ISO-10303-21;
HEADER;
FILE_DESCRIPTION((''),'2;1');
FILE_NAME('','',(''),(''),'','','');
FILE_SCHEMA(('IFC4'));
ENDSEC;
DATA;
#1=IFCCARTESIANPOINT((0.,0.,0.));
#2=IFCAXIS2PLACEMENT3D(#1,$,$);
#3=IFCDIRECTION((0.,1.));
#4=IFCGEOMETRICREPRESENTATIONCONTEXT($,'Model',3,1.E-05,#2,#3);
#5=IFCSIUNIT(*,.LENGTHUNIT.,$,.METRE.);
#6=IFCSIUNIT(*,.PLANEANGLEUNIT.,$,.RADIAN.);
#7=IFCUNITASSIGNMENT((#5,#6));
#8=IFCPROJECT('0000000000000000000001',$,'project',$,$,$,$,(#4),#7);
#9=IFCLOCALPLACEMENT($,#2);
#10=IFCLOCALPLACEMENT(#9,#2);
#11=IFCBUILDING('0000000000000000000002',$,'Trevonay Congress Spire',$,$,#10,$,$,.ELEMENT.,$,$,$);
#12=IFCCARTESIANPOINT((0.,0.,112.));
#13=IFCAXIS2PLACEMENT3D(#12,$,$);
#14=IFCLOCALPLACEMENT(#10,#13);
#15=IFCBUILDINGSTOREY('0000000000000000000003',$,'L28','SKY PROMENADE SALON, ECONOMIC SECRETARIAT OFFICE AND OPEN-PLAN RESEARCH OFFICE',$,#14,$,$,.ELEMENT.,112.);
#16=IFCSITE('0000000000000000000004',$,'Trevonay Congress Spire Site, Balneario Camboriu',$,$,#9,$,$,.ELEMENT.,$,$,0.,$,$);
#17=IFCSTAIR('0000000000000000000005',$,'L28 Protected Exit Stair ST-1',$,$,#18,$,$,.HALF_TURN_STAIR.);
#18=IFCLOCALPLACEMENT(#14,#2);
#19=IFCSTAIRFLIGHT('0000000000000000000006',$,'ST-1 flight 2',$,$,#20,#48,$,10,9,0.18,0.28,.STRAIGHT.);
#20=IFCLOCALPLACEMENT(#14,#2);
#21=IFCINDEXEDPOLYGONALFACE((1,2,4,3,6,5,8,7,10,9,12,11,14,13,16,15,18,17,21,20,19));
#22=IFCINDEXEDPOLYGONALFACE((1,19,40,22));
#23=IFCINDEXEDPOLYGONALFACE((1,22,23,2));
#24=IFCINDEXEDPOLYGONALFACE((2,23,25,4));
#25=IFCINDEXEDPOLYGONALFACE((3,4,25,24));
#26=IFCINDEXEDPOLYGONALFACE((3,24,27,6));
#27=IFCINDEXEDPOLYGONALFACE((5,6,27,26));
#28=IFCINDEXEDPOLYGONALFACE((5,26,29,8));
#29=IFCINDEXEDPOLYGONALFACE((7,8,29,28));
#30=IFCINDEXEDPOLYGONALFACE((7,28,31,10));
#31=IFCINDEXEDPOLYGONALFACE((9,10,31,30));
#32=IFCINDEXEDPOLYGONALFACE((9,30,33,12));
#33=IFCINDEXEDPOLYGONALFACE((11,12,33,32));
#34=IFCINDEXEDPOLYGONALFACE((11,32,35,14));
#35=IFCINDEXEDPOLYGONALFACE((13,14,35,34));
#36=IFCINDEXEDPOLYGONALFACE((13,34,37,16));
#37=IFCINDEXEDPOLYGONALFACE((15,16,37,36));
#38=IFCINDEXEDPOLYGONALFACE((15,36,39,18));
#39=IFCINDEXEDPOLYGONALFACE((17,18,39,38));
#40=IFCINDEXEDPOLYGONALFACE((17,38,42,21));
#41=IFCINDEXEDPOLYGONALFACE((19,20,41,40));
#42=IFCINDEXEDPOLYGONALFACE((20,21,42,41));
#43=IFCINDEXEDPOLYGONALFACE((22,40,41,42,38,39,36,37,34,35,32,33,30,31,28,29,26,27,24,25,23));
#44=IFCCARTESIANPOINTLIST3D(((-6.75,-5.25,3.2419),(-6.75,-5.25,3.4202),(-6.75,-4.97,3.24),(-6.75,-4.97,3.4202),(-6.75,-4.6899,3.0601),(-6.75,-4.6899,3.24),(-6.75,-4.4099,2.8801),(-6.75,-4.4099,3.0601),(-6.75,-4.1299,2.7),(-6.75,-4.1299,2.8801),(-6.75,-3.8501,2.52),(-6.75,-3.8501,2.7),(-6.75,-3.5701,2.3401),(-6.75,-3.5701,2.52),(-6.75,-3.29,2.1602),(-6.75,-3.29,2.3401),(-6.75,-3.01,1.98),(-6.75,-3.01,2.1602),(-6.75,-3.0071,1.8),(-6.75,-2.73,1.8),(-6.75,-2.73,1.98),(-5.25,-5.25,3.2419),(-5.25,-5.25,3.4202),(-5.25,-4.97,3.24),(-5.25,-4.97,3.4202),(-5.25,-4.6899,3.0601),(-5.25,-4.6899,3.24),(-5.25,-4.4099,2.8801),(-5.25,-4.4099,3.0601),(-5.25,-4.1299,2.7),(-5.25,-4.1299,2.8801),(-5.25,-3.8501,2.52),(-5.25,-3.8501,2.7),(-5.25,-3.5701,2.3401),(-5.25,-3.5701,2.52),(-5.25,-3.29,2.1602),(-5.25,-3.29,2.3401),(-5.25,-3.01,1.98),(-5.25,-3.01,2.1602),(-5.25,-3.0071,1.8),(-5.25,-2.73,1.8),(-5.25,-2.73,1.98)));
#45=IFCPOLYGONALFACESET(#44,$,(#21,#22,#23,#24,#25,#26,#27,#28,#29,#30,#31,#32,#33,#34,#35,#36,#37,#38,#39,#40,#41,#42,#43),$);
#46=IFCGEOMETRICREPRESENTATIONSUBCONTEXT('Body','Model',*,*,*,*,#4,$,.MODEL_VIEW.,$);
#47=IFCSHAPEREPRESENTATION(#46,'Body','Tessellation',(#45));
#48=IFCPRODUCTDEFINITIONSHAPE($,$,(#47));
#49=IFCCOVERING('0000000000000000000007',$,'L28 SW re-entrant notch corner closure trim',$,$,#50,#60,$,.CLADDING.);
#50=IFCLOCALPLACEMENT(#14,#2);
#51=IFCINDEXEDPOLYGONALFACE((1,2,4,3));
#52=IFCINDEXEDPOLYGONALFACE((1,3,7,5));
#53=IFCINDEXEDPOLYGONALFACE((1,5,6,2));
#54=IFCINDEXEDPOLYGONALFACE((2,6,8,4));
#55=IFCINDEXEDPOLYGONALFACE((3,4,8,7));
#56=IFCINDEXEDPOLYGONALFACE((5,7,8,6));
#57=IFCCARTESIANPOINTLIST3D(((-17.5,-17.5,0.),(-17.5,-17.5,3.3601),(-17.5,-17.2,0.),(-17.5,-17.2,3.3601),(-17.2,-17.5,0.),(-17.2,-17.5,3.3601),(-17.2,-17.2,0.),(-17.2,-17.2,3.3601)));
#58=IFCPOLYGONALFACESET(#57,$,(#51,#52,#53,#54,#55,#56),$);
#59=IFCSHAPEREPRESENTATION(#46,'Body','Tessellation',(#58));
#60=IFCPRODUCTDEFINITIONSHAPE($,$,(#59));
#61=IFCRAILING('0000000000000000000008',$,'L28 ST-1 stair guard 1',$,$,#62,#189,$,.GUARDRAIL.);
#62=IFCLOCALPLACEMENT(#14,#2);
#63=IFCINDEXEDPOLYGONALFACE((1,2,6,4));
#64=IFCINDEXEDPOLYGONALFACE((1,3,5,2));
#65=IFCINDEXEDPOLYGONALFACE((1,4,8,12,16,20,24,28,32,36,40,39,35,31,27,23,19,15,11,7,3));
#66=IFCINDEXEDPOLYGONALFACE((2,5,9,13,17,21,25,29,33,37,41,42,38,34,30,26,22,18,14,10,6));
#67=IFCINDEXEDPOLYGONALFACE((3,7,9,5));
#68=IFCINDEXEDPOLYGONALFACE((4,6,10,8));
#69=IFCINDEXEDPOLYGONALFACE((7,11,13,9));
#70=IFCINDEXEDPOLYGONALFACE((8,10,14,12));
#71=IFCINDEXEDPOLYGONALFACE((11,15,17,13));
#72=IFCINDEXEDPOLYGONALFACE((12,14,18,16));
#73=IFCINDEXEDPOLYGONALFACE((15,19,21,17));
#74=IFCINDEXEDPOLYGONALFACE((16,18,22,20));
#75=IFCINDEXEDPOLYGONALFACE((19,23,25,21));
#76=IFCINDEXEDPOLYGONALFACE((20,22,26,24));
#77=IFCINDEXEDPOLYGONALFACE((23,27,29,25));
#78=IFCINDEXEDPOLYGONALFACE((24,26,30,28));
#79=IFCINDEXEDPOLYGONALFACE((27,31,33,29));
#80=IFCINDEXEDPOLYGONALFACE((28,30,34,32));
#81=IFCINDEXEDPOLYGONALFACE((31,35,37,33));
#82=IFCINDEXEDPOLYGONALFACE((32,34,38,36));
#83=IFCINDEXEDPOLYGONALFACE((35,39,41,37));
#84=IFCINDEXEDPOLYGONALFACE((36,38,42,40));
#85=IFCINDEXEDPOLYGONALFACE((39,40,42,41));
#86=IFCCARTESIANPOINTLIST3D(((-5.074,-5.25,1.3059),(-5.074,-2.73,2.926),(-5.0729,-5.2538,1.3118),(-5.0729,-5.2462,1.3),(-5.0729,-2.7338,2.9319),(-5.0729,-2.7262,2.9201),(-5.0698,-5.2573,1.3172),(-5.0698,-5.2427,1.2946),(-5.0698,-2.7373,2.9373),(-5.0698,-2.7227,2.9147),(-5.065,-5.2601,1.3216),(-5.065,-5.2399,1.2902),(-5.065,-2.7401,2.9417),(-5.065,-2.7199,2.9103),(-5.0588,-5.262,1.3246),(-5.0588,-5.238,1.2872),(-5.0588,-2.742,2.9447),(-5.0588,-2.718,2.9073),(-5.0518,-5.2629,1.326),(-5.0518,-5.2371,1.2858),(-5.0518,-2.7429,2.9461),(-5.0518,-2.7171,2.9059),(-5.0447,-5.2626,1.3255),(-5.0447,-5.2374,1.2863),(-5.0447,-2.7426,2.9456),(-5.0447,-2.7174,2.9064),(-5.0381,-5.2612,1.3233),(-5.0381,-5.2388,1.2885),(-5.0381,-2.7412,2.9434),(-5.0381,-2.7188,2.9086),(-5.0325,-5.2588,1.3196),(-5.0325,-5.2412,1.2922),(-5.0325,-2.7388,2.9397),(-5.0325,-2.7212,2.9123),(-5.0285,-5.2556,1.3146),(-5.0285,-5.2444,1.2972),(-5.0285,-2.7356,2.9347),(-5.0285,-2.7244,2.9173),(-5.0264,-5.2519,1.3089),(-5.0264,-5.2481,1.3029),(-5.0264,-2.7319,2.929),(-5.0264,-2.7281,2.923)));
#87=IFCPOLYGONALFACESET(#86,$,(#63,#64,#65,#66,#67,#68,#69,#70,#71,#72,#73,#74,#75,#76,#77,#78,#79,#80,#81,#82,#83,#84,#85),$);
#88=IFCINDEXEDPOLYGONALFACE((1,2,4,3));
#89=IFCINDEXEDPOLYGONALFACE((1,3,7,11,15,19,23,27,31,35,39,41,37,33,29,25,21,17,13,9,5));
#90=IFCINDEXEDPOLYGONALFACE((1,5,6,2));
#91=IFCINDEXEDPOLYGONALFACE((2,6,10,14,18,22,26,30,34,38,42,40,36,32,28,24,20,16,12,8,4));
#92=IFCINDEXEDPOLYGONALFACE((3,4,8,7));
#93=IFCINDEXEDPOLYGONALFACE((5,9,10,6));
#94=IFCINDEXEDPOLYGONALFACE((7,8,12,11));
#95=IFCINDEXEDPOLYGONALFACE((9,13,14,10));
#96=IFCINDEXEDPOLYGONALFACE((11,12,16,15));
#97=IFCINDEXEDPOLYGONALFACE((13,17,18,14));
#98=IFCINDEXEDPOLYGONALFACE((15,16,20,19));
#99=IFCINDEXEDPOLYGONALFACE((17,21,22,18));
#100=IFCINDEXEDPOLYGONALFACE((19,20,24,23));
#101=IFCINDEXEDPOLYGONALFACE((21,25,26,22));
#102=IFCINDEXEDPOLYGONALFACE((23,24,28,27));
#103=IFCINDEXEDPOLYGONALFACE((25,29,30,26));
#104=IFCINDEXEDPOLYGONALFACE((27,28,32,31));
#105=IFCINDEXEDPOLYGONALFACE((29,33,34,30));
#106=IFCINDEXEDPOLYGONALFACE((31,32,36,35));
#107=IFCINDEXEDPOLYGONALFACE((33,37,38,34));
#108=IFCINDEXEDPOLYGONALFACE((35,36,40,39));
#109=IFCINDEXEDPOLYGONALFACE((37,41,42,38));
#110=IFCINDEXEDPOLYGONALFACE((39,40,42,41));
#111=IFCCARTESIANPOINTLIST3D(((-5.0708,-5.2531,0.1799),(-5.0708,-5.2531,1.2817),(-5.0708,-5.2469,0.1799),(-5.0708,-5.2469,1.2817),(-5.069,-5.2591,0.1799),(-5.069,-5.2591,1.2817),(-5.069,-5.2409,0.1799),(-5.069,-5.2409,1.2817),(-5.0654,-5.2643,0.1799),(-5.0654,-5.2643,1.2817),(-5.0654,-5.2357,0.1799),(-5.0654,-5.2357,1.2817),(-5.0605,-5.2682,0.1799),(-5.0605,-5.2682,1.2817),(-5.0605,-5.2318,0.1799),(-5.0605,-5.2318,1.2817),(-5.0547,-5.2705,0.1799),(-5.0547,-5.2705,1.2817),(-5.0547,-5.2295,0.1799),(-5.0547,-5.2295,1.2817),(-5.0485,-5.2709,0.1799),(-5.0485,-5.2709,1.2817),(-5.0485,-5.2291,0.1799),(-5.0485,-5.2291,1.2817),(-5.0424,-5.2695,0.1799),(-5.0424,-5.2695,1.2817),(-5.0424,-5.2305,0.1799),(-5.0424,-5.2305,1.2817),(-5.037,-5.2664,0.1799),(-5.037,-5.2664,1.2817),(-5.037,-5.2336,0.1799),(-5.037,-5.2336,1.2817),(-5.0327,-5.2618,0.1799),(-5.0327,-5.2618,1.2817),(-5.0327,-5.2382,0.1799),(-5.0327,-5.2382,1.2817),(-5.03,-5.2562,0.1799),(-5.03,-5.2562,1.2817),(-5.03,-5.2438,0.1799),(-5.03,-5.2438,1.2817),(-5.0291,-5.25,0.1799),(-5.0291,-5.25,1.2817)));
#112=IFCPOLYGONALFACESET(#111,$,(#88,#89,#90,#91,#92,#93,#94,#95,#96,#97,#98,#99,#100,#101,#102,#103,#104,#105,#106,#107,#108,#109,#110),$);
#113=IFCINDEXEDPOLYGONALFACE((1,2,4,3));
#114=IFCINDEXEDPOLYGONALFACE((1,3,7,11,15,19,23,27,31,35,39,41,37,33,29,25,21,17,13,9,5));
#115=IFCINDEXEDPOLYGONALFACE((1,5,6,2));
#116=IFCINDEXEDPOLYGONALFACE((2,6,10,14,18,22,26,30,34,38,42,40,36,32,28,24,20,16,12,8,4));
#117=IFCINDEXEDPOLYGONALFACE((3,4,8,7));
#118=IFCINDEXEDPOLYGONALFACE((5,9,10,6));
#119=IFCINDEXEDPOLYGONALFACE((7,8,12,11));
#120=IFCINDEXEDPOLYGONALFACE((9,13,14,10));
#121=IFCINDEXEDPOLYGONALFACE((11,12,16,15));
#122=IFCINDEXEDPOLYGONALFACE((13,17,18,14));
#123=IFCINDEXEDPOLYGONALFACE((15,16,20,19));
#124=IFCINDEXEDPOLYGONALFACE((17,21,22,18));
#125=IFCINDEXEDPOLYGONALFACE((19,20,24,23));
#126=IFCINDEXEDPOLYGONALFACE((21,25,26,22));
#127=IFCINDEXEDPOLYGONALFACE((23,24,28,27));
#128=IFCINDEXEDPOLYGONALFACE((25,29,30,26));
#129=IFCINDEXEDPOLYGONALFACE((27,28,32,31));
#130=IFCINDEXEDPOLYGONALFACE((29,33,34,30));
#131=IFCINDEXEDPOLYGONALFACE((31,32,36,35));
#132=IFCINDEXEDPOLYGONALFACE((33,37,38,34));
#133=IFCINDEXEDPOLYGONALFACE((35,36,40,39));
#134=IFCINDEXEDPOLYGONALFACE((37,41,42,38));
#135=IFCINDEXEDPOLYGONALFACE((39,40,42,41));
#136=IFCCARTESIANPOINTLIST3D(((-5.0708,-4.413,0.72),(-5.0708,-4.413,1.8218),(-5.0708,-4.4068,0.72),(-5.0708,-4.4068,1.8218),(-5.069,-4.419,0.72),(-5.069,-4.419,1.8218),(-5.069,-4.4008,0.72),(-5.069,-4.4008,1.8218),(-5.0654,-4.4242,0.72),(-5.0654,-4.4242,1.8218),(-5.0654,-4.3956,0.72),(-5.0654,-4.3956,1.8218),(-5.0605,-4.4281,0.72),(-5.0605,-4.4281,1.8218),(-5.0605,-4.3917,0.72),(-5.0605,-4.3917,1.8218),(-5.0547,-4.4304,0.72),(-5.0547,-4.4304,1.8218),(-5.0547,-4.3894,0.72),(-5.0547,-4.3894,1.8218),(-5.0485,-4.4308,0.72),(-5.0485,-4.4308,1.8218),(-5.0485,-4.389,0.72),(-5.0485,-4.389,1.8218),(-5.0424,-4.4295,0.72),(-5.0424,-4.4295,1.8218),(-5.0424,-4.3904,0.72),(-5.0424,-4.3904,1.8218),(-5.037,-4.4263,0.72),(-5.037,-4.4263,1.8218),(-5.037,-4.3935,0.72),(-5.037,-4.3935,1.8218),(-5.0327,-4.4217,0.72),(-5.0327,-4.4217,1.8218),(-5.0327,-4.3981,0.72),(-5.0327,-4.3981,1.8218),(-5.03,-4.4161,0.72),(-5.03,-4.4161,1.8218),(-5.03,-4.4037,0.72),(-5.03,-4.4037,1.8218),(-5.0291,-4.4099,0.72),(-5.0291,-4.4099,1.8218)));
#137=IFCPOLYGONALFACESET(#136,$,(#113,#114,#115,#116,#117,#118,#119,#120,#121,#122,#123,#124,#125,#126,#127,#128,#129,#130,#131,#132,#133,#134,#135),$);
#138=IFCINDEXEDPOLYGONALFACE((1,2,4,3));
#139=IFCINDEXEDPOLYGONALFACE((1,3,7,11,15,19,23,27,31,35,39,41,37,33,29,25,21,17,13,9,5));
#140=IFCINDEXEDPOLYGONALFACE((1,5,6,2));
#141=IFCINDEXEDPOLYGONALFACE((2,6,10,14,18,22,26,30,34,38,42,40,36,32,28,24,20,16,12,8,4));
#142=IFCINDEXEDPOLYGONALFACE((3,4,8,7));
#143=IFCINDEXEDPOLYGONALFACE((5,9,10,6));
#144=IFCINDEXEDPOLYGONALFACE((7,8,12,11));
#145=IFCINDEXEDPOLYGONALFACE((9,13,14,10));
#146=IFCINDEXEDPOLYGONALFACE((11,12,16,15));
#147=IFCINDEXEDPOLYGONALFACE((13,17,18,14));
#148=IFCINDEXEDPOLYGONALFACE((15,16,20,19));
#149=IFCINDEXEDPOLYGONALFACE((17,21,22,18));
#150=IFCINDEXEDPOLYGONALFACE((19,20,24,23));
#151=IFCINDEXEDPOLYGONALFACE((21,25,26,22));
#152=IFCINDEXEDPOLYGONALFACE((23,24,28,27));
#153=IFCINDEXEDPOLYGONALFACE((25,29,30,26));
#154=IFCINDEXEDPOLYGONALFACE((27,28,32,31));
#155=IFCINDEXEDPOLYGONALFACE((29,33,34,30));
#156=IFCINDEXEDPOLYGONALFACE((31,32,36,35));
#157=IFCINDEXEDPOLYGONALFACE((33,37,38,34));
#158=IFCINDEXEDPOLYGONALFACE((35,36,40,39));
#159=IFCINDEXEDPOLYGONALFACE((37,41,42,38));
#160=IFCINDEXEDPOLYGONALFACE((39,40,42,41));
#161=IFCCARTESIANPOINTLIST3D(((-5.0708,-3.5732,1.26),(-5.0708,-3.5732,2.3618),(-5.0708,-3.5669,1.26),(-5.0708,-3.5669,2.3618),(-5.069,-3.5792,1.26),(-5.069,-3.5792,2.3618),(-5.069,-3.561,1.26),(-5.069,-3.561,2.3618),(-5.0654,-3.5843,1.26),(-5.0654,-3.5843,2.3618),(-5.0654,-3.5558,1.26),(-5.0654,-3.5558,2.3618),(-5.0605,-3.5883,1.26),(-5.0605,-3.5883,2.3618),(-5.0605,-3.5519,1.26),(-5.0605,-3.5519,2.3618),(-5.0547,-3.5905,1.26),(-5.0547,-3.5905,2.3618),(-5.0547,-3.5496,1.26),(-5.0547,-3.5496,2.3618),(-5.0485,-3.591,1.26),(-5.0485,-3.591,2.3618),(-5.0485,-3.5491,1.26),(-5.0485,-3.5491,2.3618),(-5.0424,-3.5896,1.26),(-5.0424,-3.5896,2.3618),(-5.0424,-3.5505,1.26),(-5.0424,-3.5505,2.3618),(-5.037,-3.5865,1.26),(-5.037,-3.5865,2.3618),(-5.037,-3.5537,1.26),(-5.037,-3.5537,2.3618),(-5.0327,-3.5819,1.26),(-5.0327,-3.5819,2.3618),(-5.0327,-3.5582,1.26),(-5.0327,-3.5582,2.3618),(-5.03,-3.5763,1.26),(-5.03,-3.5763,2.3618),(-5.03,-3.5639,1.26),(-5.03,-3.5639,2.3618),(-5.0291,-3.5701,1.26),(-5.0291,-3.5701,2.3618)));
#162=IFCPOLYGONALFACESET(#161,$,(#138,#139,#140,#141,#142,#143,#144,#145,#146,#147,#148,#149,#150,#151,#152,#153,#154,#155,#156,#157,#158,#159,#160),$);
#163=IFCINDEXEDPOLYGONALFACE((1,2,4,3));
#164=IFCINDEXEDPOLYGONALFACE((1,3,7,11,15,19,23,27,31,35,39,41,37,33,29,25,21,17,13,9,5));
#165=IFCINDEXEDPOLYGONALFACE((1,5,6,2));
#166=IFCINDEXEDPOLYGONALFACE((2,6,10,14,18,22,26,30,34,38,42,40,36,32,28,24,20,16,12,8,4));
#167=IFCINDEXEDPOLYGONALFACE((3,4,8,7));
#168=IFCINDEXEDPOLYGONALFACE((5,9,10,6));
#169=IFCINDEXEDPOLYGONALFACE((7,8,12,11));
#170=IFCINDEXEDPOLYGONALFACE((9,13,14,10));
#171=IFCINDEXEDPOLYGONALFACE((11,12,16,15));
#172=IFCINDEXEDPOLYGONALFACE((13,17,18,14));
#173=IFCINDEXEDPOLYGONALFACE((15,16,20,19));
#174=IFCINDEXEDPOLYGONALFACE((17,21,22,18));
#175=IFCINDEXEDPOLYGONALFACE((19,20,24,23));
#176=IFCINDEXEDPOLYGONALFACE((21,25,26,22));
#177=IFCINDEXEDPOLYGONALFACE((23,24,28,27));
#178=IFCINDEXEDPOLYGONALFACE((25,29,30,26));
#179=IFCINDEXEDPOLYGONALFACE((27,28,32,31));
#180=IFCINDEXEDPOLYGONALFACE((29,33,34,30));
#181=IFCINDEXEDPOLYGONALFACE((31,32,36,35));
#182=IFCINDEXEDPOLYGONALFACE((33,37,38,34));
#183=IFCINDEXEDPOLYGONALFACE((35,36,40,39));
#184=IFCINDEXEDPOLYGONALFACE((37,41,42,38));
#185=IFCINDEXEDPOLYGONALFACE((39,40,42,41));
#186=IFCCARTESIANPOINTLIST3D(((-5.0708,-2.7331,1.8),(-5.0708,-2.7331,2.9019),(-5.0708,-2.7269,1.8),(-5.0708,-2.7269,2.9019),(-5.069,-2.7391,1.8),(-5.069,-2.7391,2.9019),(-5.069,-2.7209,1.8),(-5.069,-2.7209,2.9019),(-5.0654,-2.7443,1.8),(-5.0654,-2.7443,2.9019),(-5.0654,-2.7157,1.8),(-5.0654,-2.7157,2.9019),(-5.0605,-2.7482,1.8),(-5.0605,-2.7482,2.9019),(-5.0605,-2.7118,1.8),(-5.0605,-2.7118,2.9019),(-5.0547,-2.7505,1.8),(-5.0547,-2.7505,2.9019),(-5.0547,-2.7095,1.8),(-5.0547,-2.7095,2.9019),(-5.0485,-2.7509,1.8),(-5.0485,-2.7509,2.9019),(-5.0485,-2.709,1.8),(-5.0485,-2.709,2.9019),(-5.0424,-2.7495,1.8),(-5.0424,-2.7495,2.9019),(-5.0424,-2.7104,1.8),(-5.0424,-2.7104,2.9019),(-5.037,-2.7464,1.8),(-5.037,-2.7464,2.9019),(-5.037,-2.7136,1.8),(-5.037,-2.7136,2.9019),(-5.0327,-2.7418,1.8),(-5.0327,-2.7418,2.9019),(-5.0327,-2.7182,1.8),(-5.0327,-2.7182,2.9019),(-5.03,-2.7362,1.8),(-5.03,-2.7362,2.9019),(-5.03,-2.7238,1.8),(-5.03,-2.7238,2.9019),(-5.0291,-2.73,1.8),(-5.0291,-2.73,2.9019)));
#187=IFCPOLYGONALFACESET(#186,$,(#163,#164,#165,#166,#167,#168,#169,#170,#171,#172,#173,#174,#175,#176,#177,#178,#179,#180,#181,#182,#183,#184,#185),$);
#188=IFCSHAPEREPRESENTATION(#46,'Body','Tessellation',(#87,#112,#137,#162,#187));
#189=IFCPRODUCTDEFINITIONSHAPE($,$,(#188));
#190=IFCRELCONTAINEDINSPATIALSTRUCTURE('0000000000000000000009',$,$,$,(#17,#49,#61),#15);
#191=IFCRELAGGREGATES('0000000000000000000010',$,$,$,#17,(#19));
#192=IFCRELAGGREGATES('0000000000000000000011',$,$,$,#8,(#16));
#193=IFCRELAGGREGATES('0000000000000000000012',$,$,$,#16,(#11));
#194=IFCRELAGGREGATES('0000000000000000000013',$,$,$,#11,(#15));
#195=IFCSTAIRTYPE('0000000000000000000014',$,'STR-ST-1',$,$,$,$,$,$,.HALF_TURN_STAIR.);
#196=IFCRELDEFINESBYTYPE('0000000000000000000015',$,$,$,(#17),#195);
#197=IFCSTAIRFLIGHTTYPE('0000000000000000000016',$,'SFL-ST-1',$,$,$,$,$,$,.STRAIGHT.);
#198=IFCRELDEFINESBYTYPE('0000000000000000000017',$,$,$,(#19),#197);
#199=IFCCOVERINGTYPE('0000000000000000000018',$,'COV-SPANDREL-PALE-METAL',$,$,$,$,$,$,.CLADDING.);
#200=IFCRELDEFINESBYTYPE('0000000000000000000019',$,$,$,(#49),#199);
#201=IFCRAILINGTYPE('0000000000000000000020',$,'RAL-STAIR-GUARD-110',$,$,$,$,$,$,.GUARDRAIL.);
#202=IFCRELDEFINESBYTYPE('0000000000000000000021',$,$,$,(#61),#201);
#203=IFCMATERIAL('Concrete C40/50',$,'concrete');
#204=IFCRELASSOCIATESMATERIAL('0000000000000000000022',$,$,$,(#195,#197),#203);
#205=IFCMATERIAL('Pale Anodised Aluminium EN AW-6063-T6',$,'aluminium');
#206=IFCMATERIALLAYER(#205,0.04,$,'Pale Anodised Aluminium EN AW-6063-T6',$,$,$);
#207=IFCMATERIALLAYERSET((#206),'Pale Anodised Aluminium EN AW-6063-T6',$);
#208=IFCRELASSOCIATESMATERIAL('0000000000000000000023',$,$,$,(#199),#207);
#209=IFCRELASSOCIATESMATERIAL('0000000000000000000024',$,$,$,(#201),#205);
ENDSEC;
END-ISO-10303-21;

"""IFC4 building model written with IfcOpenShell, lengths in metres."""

from ifc_helpers import new_model, si_unit, direction, frame, origin, origin_2d, place, context, subcontext, project, spatial, polyline, circle, outline, extrude, material, layer, layer_set, type_object, element, aggregate, save


model = new_model("IFC4")

# Units and contexts
model_context = context("Model", 3, precision=1e-05, world=origin(), true_north=direction((0.0, 1.0)))
body_context = subcontext(model_context, "Body", "Model", "MODEL_VIEW")
ifc_project = project(units=[si_unit("LENGTHUNIT", "METRE"), si_unit("PLANEANGLEUNIT", "RADIAN")], contexts=[model_context])

# Site, building, storey
site_placement = place(None, origin())
site = spatial("IfcSite", under=ifc_project, at=site_placement, Name="Trevonay Congress Spire Site, Balneario Camboriu", CompositionType="ELEMENT", RefElevation=0.0)
building_placement = place(site_placement, origin())
building = spatial("IfcBuilding", under=site, at=building_placement, Name="Trevonay Congress Spire", CompositionType="ELEMENT")
storey_placement = place(building_placement, frame((0.0, 0.0, 112.0)))
storey = spatial("IfcBuildingStorey", under=building, at=storey_placement, Name="L28", Description="SKY PROMENADE SALON, ECONOMIC SECRETARIAT OFFICE AND OPEN-PLAN RESEARCH OFFICE", CompositionType="ELEMENT", Elevation=112.0)

# Shared definitions
ifc_material_1 = material(Name="Concrete C40/50", Category="concrete")

# Stair, stair flight
stair_type = type_object("IfcStairType", Name="STR-ST-1", PredefinedType="HALF_TURN_STAIR", material=ifc_material_1)
stair_placement = place(storey_placement, origin())
stair = element("IfcStair", 1, at=stair_placement, inside=storey, type_object=stair_type, Name="L28 Protected Exit Stair ST-1", PredefinedType="HALF_TURN_STAIR")
stair_flight_type = type_object("IfcStairFlightType", Name="SFL-ST-1", PredefinedType="STRAIGHT", material=ifc_material_1)
stair_flight_1_placement = place(storey_placement, frame((-6.0, -2.73, 1.8), z_axis=(0.0, 0.0, 1.0), x_axis=(0.0, -1.0, 0.0)))
stair_flight_1 = element("IfcStairFlight", 2, at=stair_flight_1_placement, type_object=stair_flight_type, Name="ST-1 flight 2", NumberOfRisers=10, NumberOfTreads=9, PredefinedType="STRAIGHT", RiserHeight=0.18, TreadLength=0.28, context=body_context, shape_type="SweptSolid", body=[
    extrude(outline(polyline([(0.0, 0.0), (0.0, 0.1799), (0.28, 0.1799), (0.28, 0.3601), (0.5601, 0.3601), (0.5601, 0.54), (0.8401, 0.54), (0.8401, 0.72), (1.1201, 0.72), (1.1201, 0.8999), (1.3999, 0.8999), (1.3999, 1.0801), (1.6799, 1.0801), (1.6799, 1.26), (1.96, 1.26), (1.96, 1.4399), (2.24, 1.4399), (2.24, 1.6201), (2.52, 1.6201), (2.52, 1.8), (2.52, 1.4419), (0.2771, 0.0), (0.0, 0.0)])), frame((0.0, 0.75, 0.0), z_axis=(0.0, -1.0, 0.0), x_axis=(1.0, 0.0, 0.0)), (0.0, 0.0, 1.0), 1.5),
])
aggregate(stair, [stair_flight_1])

# Covering
ifc_material_2 = material(Name="Pale Anodised Aluminium EN AW-6063-T6", Category="aluminium")
ifc_layer_1 = layer(ifc_material_2, 0.04, Name="Pale Anodised Aluminium EN AW-6063-T6")
ifc_layer_set_1 = layer_set([ifc_layer_1], Name="Pale Anodised Aluminium EN AW-6063-T6")
covering_type = type_object("IfcCoveringType", Name="COV-SPANDREL-PALE-METAL", PredefinedType="CLADDING", material=ifc_layer_set_1)
covering_placement = place(storey_placement, origin())
element("IfcCovering", 3, at=covering_placement, inside=storey, type_object=covering_type, Name="L28 SW re-entrant notch corner closure trim", PredefinedType="CLADDING", context=body_context, shape_type="SweptSolid", body=[
    extrude(outline(polyline([(-17.5, -17.5), (-17.2, -17.5), (-17.2, -17.2), (-17.5, -17.2), (-17.5, -17.5)])), origin(), (0.0, 0.0, 1.0), 3.3601),
])

# Railing
railing_type_1 = type_object("IfcRailingType", Name="RAL-STAIR-GUARD-110", PredefinedType="GUARDRAIL", material=ifc_material_2)
railing_1_placement = place(storey_placement, frame((-5.05, -5.25, 0.1799)))
element("IfcRailing", 4, at=railing_1_placement, inside=storey, type_object=railing_type_1, Name="L28 ST-1 stair guard 1", PredefinedType="GUARDRAIL", context=body_context, shape_type="SweptSolid", body=[
    extrude(circle(Radius=0.0239, at=origin_2d()), frame((0.0, 0.0, 1.126), z_axis=(0.0, 0.841163, 0.540782), x_axis=(-1.0, 0.0, 0.0)), (0.0, 0.0, 1.0), 2.9958),
    extrude(circle(Radius=0.021, at=origin_2d()), origin(), (0.0, 0.0, 1.0), 1.1018),
    extrude(circle(Radius=0.021, at=origin_2d()), frame((0.0, 0.8401, 0.54)), (0.0, 0.0, 1.0), 1.1018),
    extrude(circle(Radius=0.021, at=origin_2d()), frame((0.0, 1.6799, 1.0801)), (0.0, 0.0, 1.0), 1.1018),
    extrude(circle(Radius=0.021, at=origin_2d()), frame((0.0, 2.52, 1.6201)), (0.0, 0.0, 1.0), 1.1018),
])

save(model, "model.ifc")
